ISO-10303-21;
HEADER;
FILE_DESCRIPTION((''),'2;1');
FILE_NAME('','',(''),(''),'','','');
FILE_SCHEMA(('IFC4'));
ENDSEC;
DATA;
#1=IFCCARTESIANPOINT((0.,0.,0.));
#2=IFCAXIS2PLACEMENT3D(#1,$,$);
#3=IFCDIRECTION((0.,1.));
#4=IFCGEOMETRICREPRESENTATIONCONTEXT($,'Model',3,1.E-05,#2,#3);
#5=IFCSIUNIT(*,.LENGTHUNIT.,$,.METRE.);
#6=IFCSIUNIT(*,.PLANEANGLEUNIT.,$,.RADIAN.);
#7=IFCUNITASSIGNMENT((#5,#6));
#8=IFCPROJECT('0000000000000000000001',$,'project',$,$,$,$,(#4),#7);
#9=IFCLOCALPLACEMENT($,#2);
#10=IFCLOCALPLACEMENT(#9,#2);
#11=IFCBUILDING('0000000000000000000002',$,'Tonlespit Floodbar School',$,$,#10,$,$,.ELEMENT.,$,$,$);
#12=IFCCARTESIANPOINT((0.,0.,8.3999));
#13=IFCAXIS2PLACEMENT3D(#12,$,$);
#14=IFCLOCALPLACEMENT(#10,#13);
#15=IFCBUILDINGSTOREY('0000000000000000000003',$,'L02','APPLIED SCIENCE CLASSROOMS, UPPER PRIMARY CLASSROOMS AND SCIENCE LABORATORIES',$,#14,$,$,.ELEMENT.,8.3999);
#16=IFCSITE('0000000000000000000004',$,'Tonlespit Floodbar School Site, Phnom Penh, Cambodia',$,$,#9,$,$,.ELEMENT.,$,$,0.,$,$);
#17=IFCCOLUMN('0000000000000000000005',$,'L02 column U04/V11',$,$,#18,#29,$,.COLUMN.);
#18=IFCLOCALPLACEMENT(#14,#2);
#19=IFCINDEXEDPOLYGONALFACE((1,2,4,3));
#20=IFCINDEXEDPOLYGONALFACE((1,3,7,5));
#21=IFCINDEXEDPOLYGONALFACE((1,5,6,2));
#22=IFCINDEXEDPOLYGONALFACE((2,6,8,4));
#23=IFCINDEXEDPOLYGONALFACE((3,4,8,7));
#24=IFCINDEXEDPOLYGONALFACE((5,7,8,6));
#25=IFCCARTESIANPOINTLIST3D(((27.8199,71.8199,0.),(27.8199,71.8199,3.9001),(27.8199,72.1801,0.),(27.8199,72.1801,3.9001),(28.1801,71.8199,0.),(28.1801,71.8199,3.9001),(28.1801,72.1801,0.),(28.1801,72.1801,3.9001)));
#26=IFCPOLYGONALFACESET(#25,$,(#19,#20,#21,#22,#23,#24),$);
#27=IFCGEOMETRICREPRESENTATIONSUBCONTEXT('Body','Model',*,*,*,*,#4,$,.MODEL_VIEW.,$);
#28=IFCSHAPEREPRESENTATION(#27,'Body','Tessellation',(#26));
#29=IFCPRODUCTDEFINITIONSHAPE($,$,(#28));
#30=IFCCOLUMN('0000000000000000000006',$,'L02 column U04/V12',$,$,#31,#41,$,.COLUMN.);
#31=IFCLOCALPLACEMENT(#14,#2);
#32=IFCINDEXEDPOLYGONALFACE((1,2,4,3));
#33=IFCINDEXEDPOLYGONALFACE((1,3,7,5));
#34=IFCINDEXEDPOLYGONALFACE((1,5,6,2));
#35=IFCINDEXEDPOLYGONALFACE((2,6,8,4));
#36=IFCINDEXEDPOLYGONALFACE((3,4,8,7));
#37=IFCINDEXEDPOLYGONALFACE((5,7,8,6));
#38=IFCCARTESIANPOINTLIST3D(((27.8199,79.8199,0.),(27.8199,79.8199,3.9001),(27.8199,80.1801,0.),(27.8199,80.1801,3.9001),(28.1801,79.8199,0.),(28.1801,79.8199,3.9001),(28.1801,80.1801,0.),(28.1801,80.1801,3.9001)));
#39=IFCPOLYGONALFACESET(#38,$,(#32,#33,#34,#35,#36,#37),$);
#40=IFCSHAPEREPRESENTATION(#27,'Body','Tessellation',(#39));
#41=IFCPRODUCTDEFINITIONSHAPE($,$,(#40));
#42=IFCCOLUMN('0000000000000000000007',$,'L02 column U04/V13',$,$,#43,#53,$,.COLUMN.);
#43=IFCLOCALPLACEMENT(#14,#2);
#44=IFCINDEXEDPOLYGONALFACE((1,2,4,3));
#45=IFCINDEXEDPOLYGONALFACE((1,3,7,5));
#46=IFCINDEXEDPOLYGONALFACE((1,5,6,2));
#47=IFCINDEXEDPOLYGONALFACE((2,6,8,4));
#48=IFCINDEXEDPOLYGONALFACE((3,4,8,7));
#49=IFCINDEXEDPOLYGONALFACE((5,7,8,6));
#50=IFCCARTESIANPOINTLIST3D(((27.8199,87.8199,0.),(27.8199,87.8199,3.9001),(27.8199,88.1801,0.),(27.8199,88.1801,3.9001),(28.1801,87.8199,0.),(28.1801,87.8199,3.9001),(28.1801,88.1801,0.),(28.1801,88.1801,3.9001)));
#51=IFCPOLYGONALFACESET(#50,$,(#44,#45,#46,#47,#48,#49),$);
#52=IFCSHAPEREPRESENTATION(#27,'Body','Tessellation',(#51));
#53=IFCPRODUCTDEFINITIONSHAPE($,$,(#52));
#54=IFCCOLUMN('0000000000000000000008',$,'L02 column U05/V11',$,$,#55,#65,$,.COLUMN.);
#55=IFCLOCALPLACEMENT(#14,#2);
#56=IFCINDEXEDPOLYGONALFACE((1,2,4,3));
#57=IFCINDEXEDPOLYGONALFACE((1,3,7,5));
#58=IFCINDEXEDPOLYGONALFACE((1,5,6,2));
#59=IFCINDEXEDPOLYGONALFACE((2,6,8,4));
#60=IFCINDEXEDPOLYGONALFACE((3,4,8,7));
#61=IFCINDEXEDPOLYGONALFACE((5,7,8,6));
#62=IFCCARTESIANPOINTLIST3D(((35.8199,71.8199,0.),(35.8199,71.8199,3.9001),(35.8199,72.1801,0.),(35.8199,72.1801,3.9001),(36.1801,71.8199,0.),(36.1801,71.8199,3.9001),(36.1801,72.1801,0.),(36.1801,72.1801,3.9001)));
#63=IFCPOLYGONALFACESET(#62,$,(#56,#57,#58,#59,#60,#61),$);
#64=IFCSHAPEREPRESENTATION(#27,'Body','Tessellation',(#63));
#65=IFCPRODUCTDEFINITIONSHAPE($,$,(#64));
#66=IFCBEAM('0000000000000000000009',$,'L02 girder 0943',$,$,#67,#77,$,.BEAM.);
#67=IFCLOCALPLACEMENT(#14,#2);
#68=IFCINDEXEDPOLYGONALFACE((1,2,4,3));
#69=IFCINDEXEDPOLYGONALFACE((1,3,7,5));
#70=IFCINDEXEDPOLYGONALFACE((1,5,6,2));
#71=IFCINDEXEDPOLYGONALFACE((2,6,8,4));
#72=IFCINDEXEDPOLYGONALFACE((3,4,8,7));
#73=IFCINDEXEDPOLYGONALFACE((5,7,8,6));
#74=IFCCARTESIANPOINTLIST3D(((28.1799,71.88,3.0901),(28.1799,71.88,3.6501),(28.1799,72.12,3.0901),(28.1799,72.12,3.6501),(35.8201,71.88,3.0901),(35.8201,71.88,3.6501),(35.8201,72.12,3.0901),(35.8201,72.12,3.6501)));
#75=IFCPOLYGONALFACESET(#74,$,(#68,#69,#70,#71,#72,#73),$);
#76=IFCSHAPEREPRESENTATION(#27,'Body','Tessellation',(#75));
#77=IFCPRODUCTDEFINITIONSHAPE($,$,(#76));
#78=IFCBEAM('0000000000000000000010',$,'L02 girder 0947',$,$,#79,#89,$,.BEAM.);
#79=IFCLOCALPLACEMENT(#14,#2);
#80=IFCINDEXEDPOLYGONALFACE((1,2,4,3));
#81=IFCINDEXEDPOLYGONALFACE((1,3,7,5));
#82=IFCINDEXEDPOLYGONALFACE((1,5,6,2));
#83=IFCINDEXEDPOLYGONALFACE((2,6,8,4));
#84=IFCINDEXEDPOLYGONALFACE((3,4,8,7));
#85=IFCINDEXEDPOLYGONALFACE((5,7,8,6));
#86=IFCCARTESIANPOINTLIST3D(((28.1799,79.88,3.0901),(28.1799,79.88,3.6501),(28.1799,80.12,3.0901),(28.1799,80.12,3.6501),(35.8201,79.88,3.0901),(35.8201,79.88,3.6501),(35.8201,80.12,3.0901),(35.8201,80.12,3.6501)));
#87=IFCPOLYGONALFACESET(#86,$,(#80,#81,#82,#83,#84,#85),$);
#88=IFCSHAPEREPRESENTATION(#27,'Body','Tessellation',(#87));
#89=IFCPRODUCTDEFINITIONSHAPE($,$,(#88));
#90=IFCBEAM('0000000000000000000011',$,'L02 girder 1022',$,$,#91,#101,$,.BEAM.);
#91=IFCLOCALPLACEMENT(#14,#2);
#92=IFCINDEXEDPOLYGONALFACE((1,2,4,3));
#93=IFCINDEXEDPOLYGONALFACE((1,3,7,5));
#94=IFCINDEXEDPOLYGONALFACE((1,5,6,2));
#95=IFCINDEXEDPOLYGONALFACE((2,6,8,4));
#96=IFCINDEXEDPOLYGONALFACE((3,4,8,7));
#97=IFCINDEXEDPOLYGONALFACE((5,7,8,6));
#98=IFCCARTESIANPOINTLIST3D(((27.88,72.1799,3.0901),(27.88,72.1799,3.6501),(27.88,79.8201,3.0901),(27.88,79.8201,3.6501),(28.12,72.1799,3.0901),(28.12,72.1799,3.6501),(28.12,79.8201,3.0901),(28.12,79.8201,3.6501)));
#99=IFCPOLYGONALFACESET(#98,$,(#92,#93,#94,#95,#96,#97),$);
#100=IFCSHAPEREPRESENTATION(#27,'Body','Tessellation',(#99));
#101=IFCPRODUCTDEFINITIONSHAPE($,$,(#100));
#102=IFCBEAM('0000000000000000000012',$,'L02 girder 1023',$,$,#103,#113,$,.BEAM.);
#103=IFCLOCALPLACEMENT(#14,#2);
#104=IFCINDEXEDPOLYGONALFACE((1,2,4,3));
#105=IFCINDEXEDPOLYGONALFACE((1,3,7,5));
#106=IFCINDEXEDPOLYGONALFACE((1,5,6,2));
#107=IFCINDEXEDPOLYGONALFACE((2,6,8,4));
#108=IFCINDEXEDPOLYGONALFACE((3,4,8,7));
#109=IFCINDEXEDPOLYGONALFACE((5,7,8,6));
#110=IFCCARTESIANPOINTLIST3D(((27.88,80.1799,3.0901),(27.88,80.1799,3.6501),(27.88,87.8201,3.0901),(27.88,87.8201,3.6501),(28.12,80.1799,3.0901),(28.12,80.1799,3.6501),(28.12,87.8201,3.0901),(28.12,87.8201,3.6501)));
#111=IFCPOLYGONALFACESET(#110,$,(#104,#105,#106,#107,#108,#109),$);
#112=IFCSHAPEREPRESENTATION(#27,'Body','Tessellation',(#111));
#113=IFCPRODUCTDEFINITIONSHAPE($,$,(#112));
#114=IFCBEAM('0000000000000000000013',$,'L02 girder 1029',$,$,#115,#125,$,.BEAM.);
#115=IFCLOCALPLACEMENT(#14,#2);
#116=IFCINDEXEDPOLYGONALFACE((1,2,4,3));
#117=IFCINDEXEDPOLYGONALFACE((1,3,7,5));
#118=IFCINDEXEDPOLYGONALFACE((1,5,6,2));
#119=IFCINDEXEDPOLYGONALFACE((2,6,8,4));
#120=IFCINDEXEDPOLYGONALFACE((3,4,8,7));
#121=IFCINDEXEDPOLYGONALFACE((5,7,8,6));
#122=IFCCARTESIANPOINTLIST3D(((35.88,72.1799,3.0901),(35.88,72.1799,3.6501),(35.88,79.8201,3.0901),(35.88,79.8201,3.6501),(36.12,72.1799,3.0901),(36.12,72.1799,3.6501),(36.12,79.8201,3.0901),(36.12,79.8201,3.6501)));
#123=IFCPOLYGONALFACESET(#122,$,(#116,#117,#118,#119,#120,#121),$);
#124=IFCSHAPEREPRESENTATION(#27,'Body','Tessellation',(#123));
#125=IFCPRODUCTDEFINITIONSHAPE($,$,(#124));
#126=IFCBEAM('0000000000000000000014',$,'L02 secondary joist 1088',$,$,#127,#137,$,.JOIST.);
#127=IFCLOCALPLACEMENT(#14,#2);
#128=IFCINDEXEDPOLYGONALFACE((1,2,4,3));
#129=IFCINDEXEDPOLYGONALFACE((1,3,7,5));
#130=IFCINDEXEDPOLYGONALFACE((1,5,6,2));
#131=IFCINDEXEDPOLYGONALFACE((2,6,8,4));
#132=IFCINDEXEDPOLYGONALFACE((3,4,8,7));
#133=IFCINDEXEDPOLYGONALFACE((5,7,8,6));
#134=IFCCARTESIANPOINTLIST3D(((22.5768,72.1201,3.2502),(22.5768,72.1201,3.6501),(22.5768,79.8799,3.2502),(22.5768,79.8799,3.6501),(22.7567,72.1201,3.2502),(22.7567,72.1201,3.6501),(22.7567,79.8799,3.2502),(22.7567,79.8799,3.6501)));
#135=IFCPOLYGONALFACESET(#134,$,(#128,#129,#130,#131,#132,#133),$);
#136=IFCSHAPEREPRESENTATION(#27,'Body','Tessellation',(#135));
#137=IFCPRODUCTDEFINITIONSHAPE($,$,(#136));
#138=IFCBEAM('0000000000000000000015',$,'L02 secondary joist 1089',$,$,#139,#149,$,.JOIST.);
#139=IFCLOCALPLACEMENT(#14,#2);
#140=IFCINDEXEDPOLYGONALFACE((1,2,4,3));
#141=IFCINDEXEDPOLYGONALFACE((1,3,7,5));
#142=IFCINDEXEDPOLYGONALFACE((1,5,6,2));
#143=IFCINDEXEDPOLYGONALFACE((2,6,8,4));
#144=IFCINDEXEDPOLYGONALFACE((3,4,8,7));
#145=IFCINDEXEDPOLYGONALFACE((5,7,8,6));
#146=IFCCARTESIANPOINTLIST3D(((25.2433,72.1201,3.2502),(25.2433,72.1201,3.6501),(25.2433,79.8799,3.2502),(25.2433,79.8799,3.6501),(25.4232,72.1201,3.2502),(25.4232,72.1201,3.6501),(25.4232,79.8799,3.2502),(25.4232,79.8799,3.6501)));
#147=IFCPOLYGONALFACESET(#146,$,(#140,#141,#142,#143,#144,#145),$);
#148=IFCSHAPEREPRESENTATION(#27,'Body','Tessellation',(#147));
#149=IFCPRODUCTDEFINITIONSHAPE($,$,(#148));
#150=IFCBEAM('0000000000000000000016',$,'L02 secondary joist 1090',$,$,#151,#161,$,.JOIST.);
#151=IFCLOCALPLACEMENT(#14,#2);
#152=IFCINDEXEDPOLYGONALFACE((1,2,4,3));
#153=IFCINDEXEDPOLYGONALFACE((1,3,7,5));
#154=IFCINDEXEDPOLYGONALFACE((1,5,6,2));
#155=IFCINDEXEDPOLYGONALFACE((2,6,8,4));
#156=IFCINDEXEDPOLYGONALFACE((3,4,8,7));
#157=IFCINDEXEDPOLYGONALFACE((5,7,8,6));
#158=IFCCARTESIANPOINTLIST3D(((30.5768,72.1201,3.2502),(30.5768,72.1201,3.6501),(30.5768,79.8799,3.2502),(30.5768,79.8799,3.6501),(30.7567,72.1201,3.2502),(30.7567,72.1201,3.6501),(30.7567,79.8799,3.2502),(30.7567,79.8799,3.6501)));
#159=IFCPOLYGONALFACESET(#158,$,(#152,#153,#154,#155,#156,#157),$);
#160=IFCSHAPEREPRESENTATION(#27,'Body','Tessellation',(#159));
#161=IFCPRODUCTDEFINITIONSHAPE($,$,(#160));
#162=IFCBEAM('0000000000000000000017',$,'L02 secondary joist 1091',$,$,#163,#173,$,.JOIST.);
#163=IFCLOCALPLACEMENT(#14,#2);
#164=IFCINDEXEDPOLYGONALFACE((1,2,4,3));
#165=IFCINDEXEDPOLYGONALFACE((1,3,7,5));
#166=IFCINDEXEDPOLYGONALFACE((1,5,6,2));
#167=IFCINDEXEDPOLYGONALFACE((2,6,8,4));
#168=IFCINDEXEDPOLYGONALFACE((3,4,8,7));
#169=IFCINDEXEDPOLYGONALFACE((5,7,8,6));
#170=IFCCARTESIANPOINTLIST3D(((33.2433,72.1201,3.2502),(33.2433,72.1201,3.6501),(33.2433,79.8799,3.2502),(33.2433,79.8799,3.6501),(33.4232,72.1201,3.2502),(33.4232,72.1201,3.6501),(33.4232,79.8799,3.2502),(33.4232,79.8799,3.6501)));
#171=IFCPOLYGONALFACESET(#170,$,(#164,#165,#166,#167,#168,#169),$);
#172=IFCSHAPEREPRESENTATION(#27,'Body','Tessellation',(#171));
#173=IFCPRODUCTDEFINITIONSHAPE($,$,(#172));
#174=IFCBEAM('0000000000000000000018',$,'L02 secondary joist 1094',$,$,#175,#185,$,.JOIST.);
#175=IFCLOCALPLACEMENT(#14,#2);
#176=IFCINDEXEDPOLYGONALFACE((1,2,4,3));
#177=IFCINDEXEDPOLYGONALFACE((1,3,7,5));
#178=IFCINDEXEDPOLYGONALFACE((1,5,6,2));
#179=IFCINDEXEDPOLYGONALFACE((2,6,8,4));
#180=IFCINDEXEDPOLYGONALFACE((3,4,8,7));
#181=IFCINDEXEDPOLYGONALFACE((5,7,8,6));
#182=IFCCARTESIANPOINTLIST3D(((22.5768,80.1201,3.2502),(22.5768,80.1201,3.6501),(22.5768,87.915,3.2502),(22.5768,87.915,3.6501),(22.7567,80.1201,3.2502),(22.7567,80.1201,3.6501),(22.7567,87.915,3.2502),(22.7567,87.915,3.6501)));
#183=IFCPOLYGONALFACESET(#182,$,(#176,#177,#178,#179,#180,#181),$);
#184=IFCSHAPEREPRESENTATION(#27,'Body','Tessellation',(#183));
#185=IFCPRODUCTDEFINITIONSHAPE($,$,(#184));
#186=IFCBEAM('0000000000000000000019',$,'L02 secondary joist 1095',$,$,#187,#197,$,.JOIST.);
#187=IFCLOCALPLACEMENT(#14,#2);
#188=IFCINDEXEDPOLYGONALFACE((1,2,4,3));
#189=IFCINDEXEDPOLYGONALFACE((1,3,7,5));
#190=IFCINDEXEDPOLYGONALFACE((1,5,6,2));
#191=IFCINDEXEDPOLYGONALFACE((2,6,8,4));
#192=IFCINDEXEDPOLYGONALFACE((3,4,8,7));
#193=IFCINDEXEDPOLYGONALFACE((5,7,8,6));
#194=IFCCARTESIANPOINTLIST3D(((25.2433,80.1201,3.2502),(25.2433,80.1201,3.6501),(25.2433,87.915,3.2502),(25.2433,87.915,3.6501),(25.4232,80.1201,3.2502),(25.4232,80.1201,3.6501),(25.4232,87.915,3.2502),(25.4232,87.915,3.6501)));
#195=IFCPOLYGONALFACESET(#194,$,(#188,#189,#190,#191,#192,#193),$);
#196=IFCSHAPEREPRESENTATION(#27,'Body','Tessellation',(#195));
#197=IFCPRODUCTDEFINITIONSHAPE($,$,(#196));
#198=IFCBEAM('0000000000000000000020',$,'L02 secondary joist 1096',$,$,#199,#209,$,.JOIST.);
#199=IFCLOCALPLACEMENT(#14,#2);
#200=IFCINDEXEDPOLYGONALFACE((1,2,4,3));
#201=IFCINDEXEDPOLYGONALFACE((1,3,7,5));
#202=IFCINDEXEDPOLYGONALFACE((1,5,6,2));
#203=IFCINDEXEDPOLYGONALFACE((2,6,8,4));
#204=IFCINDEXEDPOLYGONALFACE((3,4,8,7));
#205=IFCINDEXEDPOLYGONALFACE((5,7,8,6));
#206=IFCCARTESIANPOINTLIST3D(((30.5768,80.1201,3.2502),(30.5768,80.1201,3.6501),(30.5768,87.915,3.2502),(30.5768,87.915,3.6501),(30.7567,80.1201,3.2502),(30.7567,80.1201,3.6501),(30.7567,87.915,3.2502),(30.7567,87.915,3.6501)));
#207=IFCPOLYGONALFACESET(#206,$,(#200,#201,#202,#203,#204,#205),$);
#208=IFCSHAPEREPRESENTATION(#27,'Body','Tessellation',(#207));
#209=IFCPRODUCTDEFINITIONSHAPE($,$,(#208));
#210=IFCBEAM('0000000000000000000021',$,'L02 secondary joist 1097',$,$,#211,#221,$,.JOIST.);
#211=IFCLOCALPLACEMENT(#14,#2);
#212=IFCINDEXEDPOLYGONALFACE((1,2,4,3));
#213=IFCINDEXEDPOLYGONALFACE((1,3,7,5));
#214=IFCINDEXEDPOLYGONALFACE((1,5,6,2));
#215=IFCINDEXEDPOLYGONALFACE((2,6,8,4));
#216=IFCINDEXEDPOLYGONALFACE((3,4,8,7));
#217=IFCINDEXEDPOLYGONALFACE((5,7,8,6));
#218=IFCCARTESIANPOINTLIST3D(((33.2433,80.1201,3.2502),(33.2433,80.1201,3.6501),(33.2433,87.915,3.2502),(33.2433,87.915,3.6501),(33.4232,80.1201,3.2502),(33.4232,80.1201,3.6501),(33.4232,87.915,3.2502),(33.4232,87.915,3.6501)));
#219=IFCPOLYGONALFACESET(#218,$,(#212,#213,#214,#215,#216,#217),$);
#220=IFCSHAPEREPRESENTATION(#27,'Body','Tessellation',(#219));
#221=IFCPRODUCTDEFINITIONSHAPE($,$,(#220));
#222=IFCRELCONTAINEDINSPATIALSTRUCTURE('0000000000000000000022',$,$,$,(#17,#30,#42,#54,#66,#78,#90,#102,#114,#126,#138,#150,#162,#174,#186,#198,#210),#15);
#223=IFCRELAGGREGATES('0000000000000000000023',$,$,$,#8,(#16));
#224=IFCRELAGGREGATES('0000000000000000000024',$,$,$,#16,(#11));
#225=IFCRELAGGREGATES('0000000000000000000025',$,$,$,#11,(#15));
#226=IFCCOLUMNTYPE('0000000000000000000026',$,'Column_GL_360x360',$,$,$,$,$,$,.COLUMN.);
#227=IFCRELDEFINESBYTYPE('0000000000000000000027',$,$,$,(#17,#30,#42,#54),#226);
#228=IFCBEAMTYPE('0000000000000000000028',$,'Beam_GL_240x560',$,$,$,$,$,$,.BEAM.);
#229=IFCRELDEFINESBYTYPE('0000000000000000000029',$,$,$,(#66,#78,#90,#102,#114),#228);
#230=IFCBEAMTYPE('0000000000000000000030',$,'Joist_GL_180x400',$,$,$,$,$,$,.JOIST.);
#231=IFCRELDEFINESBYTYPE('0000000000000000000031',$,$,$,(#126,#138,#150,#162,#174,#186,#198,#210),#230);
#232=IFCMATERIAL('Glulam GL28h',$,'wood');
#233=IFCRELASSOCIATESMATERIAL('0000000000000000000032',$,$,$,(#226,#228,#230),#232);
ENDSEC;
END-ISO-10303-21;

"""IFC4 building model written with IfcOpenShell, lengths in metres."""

from ifc_helpers import new_model, si_unit, direction, frame, origin, origin_2d, place, context, subcontext, project, spatial, rectangle, extrude, material, material_profile, profile_set, type_object, element, save


model = new_model("IFC4")

# Units and contexts
model_context = context("Model", 3, precision=1e-05, world=origin(), true_north=direction((0.0, 1.0)))
body_context = subcontext(model_context, "Body", "Model", "MODEL_VIEW")
ifc_project = project(units=[si_unit("LENGTHUNIT", "METRE"), si_unit("PLANEANGLEUNIT", "RADIAN")], contexts=[model_context])

# Site, building, storey
site_placement = place(None, origin())
site = spatial("IfcSite", under=ifc_project, at=site_placement, Name="Tonlespit Floodbar School Site, Phnom Penh, Cambodia", CompositionType="ELEMENT", RefElevation=0.0)
building_placement = place(site_placement, origin())
building = spatial("IfcBuilding", under=site, at=building_placement, Name="Tonlespit Floodbar School", CompositionType="ELEMENT")
storey_placement = place(building_placement, frame((0.0, 0.0, 8.3999)))
storey = spatial("IfcBuildingStorey", under=building, at=storey_placement, Name="L02", Description="APPLIED SCIENCE CLASSROOMS, UPPER PRIMARY CLASSROOMS AND SCIENCE LABORATORIES", CompositionType="ELEMENT", Elevation=8.3999)

# Columns
ifc_material_1 = material(Name="Glulam GL28h", Category="wood")
ifc_material_profile_1 = material_profile(ifc_material_1, rectangle(XDim=0.3601, YDim=0.3601, at=origin_2d()), Name="GL 360x360")
ifc_profile_set_1 = profile_set([ifc_material_profile_1], Name="Glulam GL28h")
column_type = type_object("IfcColumnType", Name="Column_GL_360x360", PredefinedType="COLUMN", material=ifc_profile_set_1)
for number, where, z_axis, x_axis, name in (
    (1, (28.0, 72.0, 0.0), (0.0, 0.0, 1.0), (1.0, 0.0, 0.0), "L02 column U04/V11"),
    (2, (28.0, 80.0, 0.0), (0.0, 0.0, 1.0), (1.0, 0.0, 0.0), "L02 column U04/V12"),
    (3, (28.0, 88.0, 0.0), (0.0, 0.0, 1.0), (1.0, 0.0, 0.0), "L02 column U04/V13"),
    (4, (36.0, 72.0, 0.0), (0.0, 0.0, 1.0), (1.0, 0.0, 0.0), "L02 column U05/V11"),
):
    element("IfcColumn", number, at=place(storey_placement, frame(where, z_axis=z_axis, x_axis=x_axis)), inside=storey, type_object=column_type, Name=name, PredefinedType="COLUMN", context=body_context, shape_type="SweptSolid", body=[
        extrude(rectangle(XDim=0.3601, YDim=0.3601, at=origin_2d()), origin(), (0.0, 0.0, 1.0), 3.9001),
    ])

# Beams
ifc_material_profile_2 = material_profile(ifc_material_1, rectangle(XDim=0.24, YDim=0.5601, at=origin_2d()), Name="GL 240x560")
ifc_profile_set_2 = profile_set([ifc_material_profile_2], Name="Glulam GL28h")
beam_type_1 = type_object("IfcBeamType", Name="Beam_GL_240x560", PredefinedType="BEAM", material=ifc_profile_set_2)
for number, where, z_axis, x_axis, name in (
    (5, (28.1799, 72.0, 3.3701), (1.0, 0.0, 0.0), (0.0, 1.0, 0.0), "L02 girder 0943"),
    (6, (28.1799, 80.0, 3.3701), (1.0, 0.0, 0.0), (0.0, 1.0, 0.0), "L02 girder 0947"),
    (7, (28.0, 72.1799, 3.3701), (0.0, 1.0, 0.0), (-1.0, 0.0, 0.0), "L02 girder 1022"),
    (8, (28.0, 80.1799, 3.3701), (0.0, 1.0, 0.0), (-1.0, 0.0, 0.0), "L02 girder 1023"),
    (9, (36.0, 72.1799, 3.3701), (0.0, 1.0, 0.0), (-1.0, 0.0, 0.0), "L02 girder 1029"),
):
    element("IfcBeam", number, at=place(storey_placement, frame(where, z_axis=z_axis, x_axis=x_axis)), inside=storey, type_object=beam_type_1, Name=name, PredefinedType="BEAM", context=body_context, shape_type="SweptSolid", body=[
        extrude(rectangle(XDim=0.24, YDim=0.5601, at=origin_2d()), origin(), (0.0, 0.0, 1.0), 7.6401),
    ])
ifc_material_profile_3 = material_profile(ifc_material_1, rectangle(XDim=0.1799, YDim=0.3999, at=origin_2d()), Name="GL 180x400")
ifc_profile_set_3 = profile_set([ifc_material_profile_3], Name="Glulam GL28h")
beam_type_2 = type_object("IfcBeamType", Name="Joist_GL_180x400", PredefinedType="JOIST", material=ifc_profile_set_3)
for number, where, z_axis, x_axis, name in (
    (10, (22.6667, 72.1201, 3.4502), (0.0, 1.0, 0.0), (-1.0, 0.0, 0.0), "L02 secondary joist 1088"),
    (11, (25.3333, 72.1201, 3.4502), (0.0, 1.0, 0.0), (-1.0, 0.0, 0.0), "L02 secondary joist 1089"),
    (12, (30.6667, 72.1201, 3.4502), (0.0, 1.0, 0.0), (-1.0, 0.0, 0.0), "L02 secondary joist 1090"),
    (13, (33.3333, 72.1201, 3.4502), (0.0, 1.0, 0.0), (-1.0, 0.0, 0.0), "L02 secondary joist 1091"),
):
    element("IfcBeam", number, at=place(storey_placement, frame(where, z_axis=z_axis, x_axis=x_axis)), inside=storey, type_object=beam_type_2, Name=name, PredefinedType="JOIST", context=body_context, shape_type="SweptSolid", body=[
        extrude(rectangle(XDim=0.1799, YDim=0.3999, at=origin_2d()), origin(), (0.0, 0.0, 1.0), 7.7598),
    ])
for number, where, z_axis, x_axis, name in (
    (14, (22.6667, 80.1201, 3.4502), (0.0, 1.0, 0.0), (-1.0, 0.0, 0.0), "L02 secondary joist 1094"),
    (15, (25.3333, 80.1201, 3.4502), (0.0, 1.0, 0.0), (-1.0, 0.0, 0.0), "L02 secondary joist 1095"),
    (16, (30.6667, 80.1201, 3.4502), (0.0, 1.0, 0.0), (-1.0, 0.0, 0.0), "L02 secondary joist 1096"),
    (17, (33.3333, 80.1201, 3.4502), (0.0, 1.0, 0.0), (-1.0, 0.0, 0.0), "L02 secondary joist 1097"),
):
    element("IfcBeam", number, at=place(storey_placement, frame(where, z_axis=z_axis, x_axis=x_axis)), inside=storey, type_object=beam_type_2, Name=name, PredefinedType="JOIST", context=body_context, shape_type="SweptSolid", body=[
        extrude(rectangle(XDim=0.1799, YDim=0.3999, at=origin_2d()), origin(), (0.0, 0.0, 1.0), 7.7949),
    ])

save(model, "model.ifc")
